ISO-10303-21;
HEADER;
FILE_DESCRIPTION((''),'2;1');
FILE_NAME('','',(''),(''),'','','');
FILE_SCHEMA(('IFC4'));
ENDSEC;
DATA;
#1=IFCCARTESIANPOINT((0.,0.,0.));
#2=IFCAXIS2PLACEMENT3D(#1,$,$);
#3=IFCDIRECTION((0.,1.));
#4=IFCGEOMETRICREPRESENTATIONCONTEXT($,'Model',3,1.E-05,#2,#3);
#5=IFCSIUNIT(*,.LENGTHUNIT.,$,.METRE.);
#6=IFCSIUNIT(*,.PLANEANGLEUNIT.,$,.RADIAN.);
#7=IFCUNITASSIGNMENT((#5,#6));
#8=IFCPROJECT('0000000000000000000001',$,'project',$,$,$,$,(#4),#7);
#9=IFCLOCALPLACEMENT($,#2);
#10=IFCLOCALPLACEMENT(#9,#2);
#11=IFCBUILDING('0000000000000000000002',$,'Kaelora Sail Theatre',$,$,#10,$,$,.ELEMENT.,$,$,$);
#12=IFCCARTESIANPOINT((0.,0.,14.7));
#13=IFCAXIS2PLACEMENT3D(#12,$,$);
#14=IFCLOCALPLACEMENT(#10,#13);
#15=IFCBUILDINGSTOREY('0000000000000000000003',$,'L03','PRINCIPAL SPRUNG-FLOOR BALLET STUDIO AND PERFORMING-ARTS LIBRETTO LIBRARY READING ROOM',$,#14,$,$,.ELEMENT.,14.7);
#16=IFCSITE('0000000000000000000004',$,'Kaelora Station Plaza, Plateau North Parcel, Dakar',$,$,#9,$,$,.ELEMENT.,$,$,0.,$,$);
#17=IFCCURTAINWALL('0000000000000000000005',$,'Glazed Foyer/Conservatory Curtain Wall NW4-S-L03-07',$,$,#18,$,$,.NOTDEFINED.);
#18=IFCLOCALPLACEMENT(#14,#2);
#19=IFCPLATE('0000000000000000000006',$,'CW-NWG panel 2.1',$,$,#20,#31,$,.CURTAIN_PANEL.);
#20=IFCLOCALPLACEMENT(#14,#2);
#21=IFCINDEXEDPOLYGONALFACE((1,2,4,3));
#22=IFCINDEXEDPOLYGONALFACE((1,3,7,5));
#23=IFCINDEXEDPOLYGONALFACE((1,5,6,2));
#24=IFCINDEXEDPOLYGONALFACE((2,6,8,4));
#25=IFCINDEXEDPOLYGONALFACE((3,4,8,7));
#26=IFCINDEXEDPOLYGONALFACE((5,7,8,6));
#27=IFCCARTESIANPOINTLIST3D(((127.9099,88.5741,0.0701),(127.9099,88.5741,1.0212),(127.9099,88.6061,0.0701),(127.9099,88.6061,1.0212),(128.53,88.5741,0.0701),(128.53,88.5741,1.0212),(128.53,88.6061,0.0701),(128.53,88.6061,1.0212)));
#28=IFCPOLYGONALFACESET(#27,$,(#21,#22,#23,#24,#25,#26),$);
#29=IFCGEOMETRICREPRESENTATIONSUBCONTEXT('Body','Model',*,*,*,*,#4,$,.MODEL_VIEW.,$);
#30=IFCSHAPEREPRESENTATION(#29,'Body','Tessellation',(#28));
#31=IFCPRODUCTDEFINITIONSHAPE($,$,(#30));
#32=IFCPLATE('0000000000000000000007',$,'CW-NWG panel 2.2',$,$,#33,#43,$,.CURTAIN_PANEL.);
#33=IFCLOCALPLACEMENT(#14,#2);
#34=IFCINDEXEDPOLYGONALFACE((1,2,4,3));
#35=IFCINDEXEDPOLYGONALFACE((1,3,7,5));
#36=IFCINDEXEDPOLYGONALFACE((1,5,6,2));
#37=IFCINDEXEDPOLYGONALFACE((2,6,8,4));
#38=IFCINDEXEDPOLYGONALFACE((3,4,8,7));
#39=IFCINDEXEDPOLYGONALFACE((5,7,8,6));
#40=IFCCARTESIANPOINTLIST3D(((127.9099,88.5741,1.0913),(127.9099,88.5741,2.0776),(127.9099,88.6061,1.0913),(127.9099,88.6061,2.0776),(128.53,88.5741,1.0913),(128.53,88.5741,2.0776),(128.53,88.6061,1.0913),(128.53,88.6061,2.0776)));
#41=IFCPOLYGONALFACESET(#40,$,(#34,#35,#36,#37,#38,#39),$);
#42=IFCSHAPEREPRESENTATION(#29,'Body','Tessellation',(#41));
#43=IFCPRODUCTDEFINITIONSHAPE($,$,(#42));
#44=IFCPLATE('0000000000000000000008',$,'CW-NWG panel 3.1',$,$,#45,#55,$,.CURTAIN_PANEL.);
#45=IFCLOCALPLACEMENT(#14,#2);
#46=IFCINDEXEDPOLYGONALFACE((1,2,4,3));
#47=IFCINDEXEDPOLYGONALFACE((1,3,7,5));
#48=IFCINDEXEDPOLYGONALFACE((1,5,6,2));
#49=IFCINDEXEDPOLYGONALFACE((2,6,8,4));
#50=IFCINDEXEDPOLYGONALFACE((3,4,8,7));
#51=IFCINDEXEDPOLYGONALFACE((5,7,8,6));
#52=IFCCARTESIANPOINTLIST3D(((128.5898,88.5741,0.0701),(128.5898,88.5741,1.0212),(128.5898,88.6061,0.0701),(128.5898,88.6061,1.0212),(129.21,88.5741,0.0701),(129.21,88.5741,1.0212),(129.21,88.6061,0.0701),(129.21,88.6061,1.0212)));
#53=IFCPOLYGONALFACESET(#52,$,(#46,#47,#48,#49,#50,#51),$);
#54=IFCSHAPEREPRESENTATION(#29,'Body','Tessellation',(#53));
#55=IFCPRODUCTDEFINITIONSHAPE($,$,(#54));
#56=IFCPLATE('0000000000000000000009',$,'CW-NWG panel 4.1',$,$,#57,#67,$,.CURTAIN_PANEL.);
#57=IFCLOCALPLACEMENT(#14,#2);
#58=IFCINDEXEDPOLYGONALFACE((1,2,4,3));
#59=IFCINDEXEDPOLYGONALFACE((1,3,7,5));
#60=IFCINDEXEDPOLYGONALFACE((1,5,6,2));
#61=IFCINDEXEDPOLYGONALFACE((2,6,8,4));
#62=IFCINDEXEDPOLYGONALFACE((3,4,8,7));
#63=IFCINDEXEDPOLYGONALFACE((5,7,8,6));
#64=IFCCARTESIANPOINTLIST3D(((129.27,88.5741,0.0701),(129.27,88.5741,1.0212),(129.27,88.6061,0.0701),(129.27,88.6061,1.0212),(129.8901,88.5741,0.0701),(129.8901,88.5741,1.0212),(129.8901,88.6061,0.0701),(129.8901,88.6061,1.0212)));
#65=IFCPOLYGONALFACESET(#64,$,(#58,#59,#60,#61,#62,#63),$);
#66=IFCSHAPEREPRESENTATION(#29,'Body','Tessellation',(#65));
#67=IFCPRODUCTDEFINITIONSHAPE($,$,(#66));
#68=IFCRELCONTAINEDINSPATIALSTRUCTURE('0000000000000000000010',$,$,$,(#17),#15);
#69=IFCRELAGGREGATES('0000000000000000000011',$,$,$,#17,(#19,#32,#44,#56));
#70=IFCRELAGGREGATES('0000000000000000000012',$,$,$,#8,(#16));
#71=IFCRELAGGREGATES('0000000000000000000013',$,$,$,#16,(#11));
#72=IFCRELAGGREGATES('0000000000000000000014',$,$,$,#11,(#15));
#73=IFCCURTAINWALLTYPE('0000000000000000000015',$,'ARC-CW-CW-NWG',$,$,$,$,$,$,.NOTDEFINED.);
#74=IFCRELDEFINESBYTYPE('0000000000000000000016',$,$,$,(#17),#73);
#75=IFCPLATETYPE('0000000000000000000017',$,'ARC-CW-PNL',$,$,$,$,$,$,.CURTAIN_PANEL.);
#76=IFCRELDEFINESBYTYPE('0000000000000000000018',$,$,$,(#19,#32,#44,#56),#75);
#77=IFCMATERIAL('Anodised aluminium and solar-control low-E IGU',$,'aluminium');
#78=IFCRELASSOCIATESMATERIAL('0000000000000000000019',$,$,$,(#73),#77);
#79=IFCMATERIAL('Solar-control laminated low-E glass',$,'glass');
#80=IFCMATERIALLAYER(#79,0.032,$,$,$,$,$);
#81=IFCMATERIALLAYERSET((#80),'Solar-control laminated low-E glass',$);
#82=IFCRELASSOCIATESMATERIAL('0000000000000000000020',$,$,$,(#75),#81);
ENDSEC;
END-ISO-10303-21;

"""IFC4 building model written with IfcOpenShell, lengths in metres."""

from ifc_helpers import new_model, si_unit, direction, frame, origin, origin_2d, place, context, subcontext, project, spatial, rectangle, extrude, material, layer, layer_set, type_object, element, aggregate, save


model = new_model("IFC4")

# Units and contexts
model_context = context("Model", 3, precision=1e-05, world=origin(), true_north=direction((0.0, 1.0)))
body_context = subcontext(model_context, "Body", "Model", "MODEL_VIEW")
ifc_project = project(units=[si_unit("LENGTHUNIT", "METRE"), si_unit("PLANEANGLEUNIT", "RADIAN")], contexts=[model_context])

# Site, building, storey
site_placement = place(None, origin())
site = spatial("IfcSite", under=ifc_project, at=site_placement, Name="Kaelora Station Plaza, Plateau North Parcel, Dakar", CompositionType="ELEMENT", RefElevation=0.0)
building_placement = place(site_placement, origin())
building = spatial("IfcBuilding", under=site, at=building_placement, Name="Kaelora Sail Theatre", CompositionType="ELEMENT")
storey_placement = place(building_placement, frame((0.0, 0.0, 14.7)))
storey = spatial("IfcBuildingStorey", under=building, at=storey_placement, Name="L03", Description="PRINCIPAL SPRUNG-FLOOR BALLET STUDIO AND PERFORMING-ARTS LIBRETTO LIBRARY READING ROOM", CompositionType="ELEMENT", Elevation=14.7)

# Curtain wall
ifc_material_1 = material(Name="Anodised aluminium and solar-control low-E IGU", Category="aluminium")
curtain_wall_type = type_object("IfcCurtainWallType", Name="ARC-CW-CW-NWG", PredefinedType="NOTDEFINED", material=ifc_material_1)
curtain_wall_1_placement = place(storey_placement, origin())
curtain_wall_1 = element("IfcCurtainWall", 1, at=curtain_wall_1_placement, inside=storey, type_object=curtain_wall_type, Name="Glazed Foyer/Conservatory Curtain Wall NW4-S-L03-07", PredefinedType="NOTDEFINED")

# Plates
ifc_material_2 = material(Name="Solar-control laminated low-E glass", Category="glass")
ifc_layer = layer(ifc_material_2, 0.032)
ifc_layer_set = layer_set([ifc_layer], Name="Solar-control laminated low-E glass")
plate_type = type_object("IfcPlateType", Name="ARC-CW-PNL", PredefinedType="CURTAIN_PANEL", material=ifc_layer_set)
plate_1_placement = place(storey_placement, frame((128.22, 88.5901, 0.0701), z_axis=(0.0, 0.0, 1.0), x_axis=(1.0, 0.0, 0.0)))
plate_1 = element("IfcPlate", 2, at=plate_1_placement, type_object=plate_type, Name="CW-NWG panel 2.1", PredefinedType="CURTAIN_PANEL", context=body_context, shape_type="SweptSolid", body=[
    extrude(rectangle(XDim=0.6201, YDim=0.032, at=origin_2d()), origin(), (0.0, 0.0, 1.0), 0.9512),
])
plate_2_placement = place(storey_placement, frame((128.22, 88.5901, 1.0913), z_axis=(0.0, 0.0, 1.0), x_axis=(1.0, 0.0, 0.0)))
plate_2 = element("IfcPlate", 3, at=plate_2_placement, type_object=plate_type, Name="CW-NWG panel 2.2", PredefinedType="CURTAIN_PANEL", context=body_context, shape_type="SweptSolid", body=[
    extrude(rectangle(XDim=0.6201, YDim=0.032, at=origin_2d()), origin(), (0.0, 0.0, 1.0), 0.9863),
])
plate_3_placement = place(storey_placement, frame((128.8999, 88.5901, 0.0701), z_axis=(0.0, 0.0, 1.0), x_axis=(1.0, 0.0, 0.0)))
plate_3 = element("IfcPlate", 4, at=plate_3_placement, type_object=plate_type, Name="CW-NWG panel 3.1", PredefinedType="CURTAIN_PANEL", context=body_context, shape_type="SweptSolid", body=[
    extrude(rectangle(XDim=0.6201, YDim=0.032, at=origin_2d()), origin(), (0.0, 0.0, 1.0), 0.9512),
])
plate_4_placement = place(storey_placement, frame((129.5801, 88.5901, 0.0701), z_axis=(0.0, 0.0, 1.0), x_axis=(1.0, 0.0, 0.0)))
plate_4 = element("IfcPlate", 5, at=plate_4_placement, type_object=plate_type, Name="CW-NWG panel 4.1", PredefinedType="CURTAIN_PANEL", context=body_context, shape_type="SweptSolid", body=[
    extrude(rectangle(XDim=0.6201, YDim=0.032, at=origin_2d()), origin(), (0.0, 0.0, 1.0), 0.9512),
])
aggregate(curtain_wall_1, [plate_1, plate_2, plate_3, plate_4])

save(model, "model.ifc")
